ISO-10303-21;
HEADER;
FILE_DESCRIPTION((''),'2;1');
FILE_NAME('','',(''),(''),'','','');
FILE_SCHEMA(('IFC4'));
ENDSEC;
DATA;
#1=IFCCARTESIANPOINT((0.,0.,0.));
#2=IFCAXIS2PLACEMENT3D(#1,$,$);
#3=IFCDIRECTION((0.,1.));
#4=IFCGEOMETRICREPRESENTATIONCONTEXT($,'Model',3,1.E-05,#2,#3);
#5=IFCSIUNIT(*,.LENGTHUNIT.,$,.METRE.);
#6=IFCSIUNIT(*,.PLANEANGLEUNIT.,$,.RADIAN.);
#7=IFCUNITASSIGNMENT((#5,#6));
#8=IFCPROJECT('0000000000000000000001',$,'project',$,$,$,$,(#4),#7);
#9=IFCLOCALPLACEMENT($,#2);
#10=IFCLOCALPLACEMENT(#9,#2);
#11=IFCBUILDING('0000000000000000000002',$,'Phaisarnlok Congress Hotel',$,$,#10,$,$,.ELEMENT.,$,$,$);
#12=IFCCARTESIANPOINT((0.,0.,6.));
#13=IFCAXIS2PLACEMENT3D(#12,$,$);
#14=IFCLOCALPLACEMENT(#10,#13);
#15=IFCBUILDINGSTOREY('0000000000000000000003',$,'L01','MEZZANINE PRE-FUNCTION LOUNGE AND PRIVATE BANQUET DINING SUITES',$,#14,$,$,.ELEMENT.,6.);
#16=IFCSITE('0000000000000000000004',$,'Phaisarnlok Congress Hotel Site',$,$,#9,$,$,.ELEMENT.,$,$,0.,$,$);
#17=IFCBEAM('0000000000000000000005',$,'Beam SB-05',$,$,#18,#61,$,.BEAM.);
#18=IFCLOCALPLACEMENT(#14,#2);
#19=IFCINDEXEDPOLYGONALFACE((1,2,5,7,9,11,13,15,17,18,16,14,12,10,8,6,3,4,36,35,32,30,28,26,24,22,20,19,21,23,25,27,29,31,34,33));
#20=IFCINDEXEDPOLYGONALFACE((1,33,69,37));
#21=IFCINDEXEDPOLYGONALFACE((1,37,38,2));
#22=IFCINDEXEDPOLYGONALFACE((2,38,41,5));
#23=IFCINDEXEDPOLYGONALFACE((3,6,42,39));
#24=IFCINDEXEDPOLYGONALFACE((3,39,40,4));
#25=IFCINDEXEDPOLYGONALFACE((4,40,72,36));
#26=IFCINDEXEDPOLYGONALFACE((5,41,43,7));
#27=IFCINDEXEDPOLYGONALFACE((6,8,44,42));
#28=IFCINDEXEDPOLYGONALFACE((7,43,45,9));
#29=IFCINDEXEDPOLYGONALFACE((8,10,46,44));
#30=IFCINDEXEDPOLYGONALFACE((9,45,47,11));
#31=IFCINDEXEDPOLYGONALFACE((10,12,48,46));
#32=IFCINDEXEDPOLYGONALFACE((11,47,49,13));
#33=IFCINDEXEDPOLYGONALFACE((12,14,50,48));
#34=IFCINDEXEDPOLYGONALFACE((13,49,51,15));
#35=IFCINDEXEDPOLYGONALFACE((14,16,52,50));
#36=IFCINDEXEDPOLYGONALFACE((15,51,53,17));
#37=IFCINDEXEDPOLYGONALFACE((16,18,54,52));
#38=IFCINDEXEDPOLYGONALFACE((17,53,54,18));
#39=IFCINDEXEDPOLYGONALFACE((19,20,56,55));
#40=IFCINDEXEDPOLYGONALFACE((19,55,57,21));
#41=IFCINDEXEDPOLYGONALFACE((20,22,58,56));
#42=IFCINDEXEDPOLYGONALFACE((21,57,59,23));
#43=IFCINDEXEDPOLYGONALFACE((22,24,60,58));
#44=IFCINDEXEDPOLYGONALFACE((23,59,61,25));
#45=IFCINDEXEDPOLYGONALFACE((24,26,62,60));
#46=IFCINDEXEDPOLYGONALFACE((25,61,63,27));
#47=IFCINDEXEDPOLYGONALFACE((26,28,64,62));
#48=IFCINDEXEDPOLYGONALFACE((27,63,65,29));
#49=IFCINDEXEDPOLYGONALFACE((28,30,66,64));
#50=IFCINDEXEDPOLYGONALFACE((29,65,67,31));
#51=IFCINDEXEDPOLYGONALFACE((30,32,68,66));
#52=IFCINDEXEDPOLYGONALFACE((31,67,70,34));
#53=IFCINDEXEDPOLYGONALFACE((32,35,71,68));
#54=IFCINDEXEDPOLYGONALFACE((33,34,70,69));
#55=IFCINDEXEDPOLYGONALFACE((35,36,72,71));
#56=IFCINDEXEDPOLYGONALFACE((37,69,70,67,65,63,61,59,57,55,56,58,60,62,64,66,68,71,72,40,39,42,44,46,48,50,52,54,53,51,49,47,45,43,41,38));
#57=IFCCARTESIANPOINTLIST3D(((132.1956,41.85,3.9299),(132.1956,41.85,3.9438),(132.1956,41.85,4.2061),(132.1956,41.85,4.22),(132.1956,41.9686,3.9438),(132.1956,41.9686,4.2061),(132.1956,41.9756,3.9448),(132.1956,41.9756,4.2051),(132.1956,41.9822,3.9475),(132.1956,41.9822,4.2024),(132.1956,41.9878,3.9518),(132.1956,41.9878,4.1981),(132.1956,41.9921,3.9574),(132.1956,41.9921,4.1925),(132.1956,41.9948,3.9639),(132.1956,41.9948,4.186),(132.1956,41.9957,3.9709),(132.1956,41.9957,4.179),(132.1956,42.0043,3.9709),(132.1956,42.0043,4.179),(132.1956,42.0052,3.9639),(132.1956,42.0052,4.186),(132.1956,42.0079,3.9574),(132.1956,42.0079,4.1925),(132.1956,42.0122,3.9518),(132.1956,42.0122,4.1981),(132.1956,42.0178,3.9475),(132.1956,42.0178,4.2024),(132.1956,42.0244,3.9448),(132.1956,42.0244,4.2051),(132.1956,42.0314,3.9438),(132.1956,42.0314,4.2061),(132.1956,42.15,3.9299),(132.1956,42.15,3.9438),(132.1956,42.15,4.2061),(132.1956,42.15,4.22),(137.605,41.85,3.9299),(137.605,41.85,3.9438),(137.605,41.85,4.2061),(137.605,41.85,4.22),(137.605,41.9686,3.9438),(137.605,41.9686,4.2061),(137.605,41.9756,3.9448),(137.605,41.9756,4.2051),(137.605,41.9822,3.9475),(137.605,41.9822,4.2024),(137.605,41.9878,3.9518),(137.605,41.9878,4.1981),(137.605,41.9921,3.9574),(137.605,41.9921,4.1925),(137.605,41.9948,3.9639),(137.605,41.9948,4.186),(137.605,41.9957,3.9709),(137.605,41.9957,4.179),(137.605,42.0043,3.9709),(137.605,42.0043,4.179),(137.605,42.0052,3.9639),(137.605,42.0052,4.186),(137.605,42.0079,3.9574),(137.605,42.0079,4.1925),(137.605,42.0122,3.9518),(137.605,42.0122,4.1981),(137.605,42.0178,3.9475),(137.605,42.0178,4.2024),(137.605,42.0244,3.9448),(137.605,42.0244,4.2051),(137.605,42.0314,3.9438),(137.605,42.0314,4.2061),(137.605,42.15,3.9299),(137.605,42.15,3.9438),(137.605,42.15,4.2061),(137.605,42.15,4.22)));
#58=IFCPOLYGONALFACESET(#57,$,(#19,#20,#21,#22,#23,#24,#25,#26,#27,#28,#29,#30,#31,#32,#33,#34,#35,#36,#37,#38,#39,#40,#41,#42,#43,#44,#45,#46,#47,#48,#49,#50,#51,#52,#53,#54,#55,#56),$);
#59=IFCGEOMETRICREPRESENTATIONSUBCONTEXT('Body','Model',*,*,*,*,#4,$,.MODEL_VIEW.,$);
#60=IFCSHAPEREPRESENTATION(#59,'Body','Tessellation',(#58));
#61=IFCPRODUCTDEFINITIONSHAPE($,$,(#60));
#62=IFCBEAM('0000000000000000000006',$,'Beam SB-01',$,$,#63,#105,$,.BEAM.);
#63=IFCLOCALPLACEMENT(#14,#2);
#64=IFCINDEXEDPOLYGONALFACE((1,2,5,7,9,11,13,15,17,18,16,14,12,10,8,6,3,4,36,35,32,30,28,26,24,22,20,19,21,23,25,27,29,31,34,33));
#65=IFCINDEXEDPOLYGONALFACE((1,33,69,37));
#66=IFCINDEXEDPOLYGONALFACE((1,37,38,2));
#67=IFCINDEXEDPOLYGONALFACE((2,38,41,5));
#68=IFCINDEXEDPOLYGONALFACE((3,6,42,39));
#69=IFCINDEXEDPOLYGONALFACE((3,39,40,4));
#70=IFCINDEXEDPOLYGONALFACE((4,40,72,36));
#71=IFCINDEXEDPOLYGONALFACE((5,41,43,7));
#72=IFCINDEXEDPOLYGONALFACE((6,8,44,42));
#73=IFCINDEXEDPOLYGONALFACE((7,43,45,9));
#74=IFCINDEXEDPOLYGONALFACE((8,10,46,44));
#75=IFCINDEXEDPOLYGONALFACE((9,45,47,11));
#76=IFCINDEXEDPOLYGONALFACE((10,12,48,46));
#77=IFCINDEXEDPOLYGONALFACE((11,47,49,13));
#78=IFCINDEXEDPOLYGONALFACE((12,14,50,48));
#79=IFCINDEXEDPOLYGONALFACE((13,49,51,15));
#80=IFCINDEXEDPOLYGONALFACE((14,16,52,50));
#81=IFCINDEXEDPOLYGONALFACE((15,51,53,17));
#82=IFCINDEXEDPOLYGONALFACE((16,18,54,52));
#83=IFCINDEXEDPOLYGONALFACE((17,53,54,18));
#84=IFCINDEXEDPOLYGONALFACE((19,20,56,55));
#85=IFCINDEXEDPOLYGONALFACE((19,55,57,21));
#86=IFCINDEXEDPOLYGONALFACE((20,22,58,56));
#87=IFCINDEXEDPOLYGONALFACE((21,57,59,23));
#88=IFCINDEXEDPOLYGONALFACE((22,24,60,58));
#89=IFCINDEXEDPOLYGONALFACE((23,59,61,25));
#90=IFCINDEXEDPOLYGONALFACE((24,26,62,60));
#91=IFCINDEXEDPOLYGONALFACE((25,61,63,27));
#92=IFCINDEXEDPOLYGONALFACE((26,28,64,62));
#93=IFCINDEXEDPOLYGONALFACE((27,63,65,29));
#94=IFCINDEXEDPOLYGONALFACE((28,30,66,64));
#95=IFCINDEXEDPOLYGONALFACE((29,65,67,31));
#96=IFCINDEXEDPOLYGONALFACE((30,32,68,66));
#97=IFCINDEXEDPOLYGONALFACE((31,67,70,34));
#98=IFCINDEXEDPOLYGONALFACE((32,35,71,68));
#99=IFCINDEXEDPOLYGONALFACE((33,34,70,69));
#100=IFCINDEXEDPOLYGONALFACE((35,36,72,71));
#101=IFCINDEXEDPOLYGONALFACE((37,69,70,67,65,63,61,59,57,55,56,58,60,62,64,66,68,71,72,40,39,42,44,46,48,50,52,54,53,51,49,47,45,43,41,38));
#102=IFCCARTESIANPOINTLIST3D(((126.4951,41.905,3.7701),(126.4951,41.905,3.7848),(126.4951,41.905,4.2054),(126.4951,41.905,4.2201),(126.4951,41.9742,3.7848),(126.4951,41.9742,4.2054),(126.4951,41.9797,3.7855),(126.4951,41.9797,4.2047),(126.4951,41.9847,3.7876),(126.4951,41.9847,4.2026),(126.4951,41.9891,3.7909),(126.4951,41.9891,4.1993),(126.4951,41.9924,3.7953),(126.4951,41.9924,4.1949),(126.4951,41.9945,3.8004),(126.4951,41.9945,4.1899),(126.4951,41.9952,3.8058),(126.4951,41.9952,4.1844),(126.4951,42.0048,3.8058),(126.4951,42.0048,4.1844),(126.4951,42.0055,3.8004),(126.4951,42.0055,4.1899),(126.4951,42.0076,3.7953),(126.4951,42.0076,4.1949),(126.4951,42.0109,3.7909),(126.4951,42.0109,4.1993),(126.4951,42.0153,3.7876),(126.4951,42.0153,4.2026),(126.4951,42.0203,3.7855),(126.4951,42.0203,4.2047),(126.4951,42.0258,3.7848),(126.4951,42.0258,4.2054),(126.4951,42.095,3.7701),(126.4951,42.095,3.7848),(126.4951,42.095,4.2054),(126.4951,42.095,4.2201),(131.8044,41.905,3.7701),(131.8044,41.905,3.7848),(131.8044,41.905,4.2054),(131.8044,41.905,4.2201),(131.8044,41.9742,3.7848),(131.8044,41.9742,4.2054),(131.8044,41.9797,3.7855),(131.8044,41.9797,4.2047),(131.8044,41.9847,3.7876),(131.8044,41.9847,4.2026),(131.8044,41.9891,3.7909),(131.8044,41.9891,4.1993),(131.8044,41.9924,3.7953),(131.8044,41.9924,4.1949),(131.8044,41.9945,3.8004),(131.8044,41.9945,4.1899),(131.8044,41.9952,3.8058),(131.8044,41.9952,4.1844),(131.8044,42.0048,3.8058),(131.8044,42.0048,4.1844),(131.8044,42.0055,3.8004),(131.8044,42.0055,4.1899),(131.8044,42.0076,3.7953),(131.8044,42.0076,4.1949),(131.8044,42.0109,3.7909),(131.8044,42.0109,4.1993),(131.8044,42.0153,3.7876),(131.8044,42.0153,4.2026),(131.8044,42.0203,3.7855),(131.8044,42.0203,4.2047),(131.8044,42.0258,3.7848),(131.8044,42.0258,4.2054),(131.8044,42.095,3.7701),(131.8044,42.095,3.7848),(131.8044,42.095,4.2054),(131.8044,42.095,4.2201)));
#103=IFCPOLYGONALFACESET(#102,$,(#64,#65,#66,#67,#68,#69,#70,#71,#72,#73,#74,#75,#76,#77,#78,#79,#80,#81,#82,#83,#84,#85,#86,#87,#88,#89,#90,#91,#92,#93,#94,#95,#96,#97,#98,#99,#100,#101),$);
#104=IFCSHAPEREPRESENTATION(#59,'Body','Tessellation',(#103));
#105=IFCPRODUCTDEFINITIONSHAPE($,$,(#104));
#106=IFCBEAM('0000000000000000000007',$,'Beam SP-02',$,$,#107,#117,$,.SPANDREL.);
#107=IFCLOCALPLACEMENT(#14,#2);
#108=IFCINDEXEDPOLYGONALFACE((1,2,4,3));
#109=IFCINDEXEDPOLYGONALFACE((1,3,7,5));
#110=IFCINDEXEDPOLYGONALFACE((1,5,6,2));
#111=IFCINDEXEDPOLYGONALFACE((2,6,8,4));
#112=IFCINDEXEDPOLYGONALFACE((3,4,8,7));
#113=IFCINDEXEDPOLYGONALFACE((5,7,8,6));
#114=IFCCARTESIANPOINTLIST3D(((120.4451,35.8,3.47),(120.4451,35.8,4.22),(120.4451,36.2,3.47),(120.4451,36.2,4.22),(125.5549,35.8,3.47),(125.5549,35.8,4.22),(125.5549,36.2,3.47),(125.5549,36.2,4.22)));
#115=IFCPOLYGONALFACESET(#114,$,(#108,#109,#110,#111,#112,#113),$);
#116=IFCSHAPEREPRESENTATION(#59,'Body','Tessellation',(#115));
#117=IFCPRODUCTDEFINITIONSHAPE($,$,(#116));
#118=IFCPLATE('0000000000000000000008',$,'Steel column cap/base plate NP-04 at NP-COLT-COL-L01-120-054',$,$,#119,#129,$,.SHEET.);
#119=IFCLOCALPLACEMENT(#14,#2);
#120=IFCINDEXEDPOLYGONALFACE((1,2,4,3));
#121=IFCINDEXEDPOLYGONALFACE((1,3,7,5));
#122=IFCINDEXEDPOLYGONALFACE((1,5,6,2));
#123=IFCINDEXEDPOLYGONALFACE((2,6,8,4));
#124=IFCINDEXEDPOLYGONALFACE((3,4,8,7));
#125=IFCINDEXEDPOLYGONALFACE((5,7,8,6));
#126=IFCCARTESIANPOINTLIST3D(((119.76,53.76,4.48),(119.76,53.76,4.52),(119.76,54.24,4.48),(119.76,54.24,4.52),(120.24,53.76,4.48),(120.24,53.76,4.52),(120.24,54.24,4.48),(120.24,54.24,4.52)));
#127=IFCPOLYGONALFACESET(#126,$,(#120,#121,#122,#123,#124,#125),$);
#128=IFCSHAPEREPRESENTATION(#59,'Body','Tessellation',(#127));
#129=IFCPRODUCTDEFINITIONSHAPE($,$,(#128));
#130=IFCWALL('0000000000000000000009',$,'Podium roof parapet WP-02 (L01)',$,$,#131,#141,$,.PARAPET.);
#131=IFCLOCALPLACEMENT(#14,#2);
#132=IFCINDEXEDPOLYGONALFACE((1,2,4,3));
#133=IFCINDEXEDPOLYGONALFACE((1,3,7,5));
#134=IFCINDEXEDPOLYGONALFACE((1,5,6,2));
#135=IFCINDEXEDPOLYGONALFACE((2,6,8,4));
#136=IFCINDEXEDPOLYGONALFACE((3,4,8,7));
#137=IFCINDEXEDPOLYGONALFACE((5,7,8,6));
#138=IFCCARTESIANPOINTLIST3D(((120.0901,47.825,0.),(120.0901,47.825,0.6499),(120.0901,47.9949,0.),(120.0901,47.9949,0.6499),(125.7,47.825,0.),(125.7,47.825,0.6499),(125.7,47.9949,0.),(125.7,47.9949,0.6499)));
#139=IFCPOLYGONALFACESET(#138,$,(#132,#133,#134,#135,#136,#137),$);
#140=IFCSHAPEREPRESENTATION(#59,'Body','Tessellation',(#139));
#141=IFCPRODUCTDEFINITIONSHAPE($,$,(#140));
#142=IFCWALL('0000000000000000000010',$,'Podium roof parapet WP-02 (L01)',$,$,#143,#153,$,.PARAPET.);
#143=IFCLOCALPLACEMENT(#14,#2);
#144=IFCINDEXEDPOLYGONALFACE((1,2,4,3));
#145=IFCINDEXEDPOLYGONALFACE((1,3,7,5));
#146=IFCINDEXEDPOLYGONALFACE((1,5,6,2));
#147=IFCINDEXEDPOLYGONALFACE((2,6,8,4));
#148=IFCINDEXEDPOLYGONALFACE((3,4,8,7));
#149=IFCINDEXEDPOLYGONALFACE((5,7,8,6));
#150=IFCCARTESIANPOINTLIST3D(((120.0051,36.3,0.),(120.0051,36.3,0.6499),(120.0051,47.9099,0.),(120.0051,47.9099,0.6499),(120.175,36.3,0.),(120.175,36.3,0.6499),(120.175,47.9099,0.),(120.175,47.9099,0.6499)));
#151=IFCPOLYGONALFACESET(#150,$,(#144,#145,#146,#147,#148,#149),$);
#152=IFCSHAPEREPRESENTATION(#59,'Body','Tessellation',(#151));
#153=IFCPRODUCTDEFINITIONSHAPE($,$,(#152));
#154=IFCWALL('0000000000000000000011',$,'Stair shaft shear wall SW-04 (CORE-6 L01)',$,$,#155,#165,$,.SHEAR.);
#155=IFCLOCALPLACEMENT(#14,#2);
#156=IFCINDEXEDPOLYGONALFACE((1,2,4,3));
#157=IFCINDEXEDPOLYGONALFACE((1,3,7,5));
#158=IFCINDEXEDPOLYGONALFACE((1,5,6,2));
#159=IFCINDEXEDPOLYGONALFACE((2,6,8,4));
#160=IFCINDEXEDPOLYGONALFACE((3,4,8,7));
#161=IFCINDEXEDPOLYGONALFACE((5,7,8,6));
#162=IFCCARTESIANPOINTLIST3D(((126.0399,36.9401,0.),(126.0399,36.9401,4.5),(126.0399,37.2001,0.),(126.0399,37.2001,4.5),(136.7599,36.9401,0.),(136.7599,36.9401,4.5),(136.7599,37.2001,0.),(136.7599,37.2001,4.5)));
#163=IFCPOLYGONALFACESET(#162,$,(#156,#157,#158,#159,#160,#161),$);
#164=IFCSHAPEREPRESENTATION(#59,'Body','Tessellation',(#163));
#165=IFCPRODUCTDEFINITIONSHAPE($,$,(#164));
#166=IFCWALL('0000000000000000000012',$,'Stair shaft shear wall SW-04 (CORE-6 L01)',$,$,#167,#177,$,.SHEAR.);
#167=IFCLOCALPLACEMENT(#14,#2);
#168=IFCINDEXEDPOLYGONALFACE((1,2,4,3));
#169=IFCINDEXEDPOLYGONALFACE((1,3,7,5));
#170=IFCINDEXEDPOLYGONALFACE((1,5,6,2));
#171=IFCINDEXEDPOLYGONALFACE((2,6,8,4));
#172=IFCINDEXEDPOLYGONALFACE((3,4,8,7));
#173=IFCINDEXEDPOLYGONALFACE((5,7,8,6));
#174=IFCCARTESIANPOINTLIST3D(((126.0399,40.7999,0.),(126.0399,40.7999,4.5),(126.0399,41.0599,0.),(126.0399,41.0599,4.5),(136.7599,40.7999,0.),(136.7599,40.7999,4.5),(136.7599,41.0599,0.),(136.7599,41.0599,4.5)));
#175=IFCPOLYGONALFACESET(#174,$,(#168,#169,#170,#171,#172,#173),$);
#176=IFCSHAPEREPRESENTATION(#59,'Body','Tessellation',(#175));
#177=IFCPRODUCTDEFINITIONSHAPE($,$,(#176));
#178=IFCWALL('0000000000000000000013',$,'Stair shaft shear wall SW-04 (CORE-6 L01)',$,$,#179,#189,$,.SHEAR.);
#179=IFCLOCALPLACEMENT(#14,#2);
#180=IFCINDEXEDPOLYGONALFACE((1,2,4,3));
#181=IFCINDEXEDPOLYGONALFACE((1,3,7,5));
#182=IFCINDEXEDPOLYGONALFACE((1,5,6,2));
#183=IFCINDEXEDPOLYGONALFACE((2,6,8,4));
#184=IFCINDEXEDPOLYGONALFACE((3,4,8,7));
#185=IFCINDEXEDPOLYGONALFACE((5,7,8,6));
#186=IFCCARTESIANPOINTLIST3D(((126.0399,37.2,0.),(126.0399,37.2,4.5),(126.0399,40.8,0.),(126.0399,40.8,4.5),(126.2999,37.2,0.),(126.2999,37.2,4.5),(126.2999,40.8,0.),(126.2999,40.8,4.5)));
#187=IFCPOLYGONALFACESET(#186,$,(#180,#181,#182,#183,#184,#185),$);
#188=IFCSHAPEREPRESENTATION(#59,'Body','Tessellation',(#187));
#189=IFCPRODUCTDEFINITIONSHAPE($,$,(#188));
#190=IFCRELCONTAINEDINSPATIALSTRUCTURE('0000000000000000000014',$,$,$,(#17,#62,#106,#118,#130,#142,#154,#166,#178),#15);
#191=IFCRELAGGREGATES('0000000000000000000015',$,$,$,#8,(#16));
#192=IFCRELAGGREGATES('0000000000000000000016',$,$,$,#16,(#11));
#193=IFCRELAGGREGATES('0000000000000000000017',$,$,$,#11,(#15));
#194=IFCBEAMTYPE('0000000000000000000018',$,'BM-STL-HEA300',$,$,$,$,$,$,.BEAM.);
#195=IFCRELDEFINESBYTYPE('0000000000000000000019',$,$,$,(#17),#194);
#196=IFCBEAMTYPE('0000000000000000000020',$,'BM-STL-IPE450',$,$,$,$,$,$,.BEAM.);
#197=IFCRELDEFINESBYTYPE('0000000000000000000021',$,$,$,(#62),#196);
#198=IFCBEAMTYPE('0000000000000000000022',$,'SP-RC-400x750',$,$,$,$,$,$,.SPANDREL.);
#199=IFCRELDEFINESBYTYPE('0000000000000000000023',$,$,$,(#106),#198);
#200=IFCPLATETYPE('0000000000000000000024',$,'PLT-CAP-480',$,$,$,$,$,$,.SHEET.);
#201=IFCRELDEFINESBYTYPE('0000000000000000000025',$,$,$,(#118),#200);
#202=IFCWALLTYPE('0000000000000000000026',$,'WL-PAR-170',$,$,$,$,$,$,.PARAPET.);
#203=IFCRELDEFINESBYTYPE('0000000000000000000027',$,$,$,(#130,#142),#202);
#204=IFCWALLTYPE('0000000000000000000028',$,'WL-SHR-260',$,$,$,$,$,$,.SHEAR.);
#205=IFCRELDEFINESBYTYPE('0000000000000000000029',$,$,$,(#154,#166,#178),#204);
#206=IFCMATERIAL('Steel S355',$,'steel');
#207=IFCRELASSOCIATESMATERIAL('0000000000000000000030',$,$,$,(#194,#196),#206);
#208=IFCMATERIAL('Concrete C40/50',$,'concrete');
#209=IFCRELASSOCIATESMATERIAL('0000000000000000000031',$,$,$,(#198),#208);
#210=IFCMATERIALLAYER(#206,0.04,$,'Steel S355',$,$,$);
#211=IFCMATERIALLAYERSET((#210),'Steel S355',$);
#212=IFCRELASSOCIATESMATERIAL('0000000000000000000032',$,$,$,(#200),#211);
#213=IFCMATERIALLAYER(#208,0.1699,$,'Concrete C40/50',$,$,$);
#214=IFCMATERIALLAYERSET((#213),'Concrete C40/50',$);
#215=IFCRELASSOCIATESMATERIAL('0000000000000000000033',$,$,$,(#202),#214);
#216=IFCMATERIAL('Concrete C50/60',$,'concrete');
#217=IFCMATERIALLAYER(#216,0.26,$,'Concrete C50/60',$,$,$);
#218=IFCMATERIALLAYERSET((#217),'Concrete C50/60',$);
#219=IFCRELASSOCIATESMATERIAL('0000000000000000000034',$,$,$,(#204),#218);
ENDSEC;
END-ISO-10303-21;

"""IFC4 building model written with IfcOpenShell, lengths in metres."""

from ifc_helpers import new_model, si_unit, direction, frame, frame_2d, origin, origin_2d, place, context, subcontext, project, spatial, rectangle, i_section, extrude, material, layer, layer_set, material_profile, profile_set, type_object, element, save


model = new_model("IFC4")

# Units and contexts
model_context = context("Model", 3, precision=1e-05, world=origin(), true_north=direction((0.0, 1.0)))
body_context = subcontext(model_context, "Body", "Model", "MODEL_VIEW")
ifc_project = project(units=[si_unit("LENGTHUNIT", "METRE"), si_unit("PLANEANGLEUNIT", "RADIAN")], contexts=[model_context])

# Site, building, storey
site_placement = place(None, origin())
site = spatial("IfcSite", under=ifc_project, at=site_placement, Name="Phaisarnlok Congress Hotel Site", CompositionType="ELEMENT", RefElevation=0.0)
building_placement = place(site_placement, origin())
building = spatial("IfcBuilding", under=site, at=building_placement, Name="Phaisarnlok Congress Hotel", CompositionType="ELEMENT")
storey_placement = place(building_placement, frame((0.0, 0.0, 6.0)))
storey = spatial("IfcBuildingStorey", under=building, at=storey_placement, Name="L01", Description="MEZZANINE PRE-FUNCTION LOUNGE AND PRIVATE BANQUET DINING SUITES", CompositionType="ELEMENT", Elevation=6.0)

# Shared definitions
ifc_material_1 = material(Name="Concrete C50/60", Category="concrete")
ifc_material_2 = material(Name="Steel S355", Category="steel")

# Beams
ifc_material_profile_1 = material_profile(ifc_material_2, i_section(OverallWidth=0.3, OverallDepth=0.29, WebThickness=0.0085, FlangeThickness=0.0139, FilletRadius=0.0271, at=origin_2d()), Name="HEA 300")
ifc_profile_set_1 = profile_set([ifc_material_profile_1], Name="Steel S355")
beam_type_1 = type_object("IfcBeamType", Name="BM-STL-HEA300", PredefinedType="BEAM", material=ifc_profile_set_1)
beam_1_placement = place(storey_placement, frame((132.1956, 42.0, 4.075), z_axis=(1.0, 0.0, 0.0), x_axis=(0.0, 1.0, 0.0)))
element("IfcBeam", 1, at=beam_1_placement, inside=storey, type_object=beam_type_1, Name="Beam SB-05", PredefinedType="BEAM", context=body_context, shape_type="SweptSolid", body=[
    extrude(i_section(OverallWidth=0.3, OverallDepth=0.29, WebThickness=0.0085, FlangeThickness=0.0139, FilletRadius=0.0271, at=origin_2d()), origin(), (0.0, 0.0, 1.0), 5.4094),
])
ifc_material_profile_2 = material_profile(ifc_material_2, i_section(OverallWidth=0.1899, OverallDepth=0.45, WebThickness=0.0095, FlangeThickness=0.0146, FilletRadius=0.021, at=origin_2d()), Name="IPE 450")
ifc_profile_set_2 = profile_set([ifc_material_profile_2], Name="Steel S355")
beam_type_2 = type_object("IfcBeamType", Name="BM-STL-IPE450", PredefinedType="BEAM", material=ifc_profile_set_2)
beam_2_placement = place(storey_placement, frame((126.4951, 42.0, 3.9951), z_axis=(1.0, 0.0, 0.0), x_axis=(0.0, 1.0, 0.0)))
element("IfcBeam", 2, at=beam_2_placement, inside=storey, type_object=beam_type_2, Name="Beam SB-01", PredefinedType="BEAM", context=body_context, shape_type="SweptSolid", body=[
    extrude(i_section(OverallWidth=0.1899, OverallDepth=0.45, WebThickness=0.0095, FlangeThickness=0.0146, FilletRadius=0.021, at=origin_2d()), origin(), (0.0, 0.0, 1.0), 5.3093),
])
ifc_material_3 = material(Name="Concrete C40/50", Category="concrete")
ifc_material_profile_3 = material_profile(ifc_material_3, rectangle(XDim=0.3999, YDim=0.75, at=origin_2d()), Name="RC 400x750")
ifc_profile_set_3 = profile_set([ifc_material_profile_3], Name="Concrete C40/50")
beam_type_3 = type_object("IfcBeamType", Name="SP-RC-400x750", PredefinedType="SPANDREL", material=ifc_profile_set_3)
beam_3_placement = place(storey_placement, frame((120.4451, 36.0, 3.845), z_axis=(1.0, 0.0, 0.0), x_axis=(0.0, 1.0, 0.0)))
element("IfcBeam", 3, at=beam_3_placement, inside=storey, type_object=beam_type_3, Name="Beam SP-02", PredefinedType="SPANDREL", context=body_context, shape_type="SweptSolid", body=[
    extrude(rectangle(XDim=0.3999, YDim=0.75, at=origin_2d()), origin(), (0.0, 0.0, 1.0), 5.1099),
])

# Plate
ifc_layer_1 = layer(ifc_material_2, 0.04, Name="Steel S355")
ifc_layer_set_1 = layer_set([ifc_layer_1], Name="Steel S355")
plate_type = type_object("IfcPlateType", Name="PLT-CAP-480", PredefinedType="SHEET", material=ifc_layer_set_1)
plate_placement = place(storey_placement, frame((120.0, 54.0, 4.48), z_axis=(0.0, 0.0, 1.0), x_axis=(1.0, 0.0, 0.0)))
element("IfcPlate", 4, at=plate_placement, inside=storey, type_object=plate_type, Name="Steel column cap/base plate NP-04 at NP-COLT-COL-L01-120-054", PredefinedType="SHEET", context=body_context, shape_type="SweptSolid", body=[
    extrude(rectangle(XDim=0.48, YDim=0.48, at=origin_2d()), origin(), (0.0, 0.0, 1.0), 0.04),
])

# Walls
ifc_layer_2 = layer(ifc_material_3, 0.1699, Name="Concrete C40/50")
ifc_layer_set_2 = layer_set([ifc_layer_2], Name="Concrete C40/50")
wall_type_1 = type_object("IfcWallType", Name="WL-PAR-170", PredefinedType="PARAPET", material=ifc_layer_set_2)
wall_1_placement = place(storey_placement, frame((125.7, 47.9099, 0.0), z_axis=(0.0, 0.0, 1.0), x_axis=(-1.0, 0.0, 0.0)))
element("IfcWall", 5, at=wall_1_placement, inside=storey, type_object=wall_type_1, Name="Podium roof parapet WP-02 (L01)", PredefinedType="PARAPET", context=body_context, shape_type="SweptSolid", body=[
    extrude(rectangle(XDim=5.6099, YDim=0.1699, at=frame_2d((2.8049, 0.0))), origin(), (0.0, 0.0, 1.0), 0.6499),
])
wall_2_placement = place(storey_placement, frame((120.0901, 47.9099, 0.0), z_axis=(0.0, 0.0, 1.0), x_axis=(0.0, -1.0, 0.0)))
element("IfcWall", 6, at=wall_2_placement, inside=storey, type_object=wall_type_1, Name="Podium roof parapet WP-02 (L01)", PredefinedType="PARAPET", context=body_context, shape_type="SweptSolid", body=[
    extrude(rectangle(XDim=11.6099, YDim=0.1699, at=frame_2d((5.8049, 0.0))), origin(), (0.0, 0.0, 1.0), 0.6499),
])
ifc_layer_3 = layer(ifc_material_1, 0.26, Name="Concrete C50/60")
ifc_layer_set_3 = layer_set([ifc_layer_3], Name="Concrete C50/60")
wall_type_2 = type_object("IfcWallType", Name="WL-SHR-260", PredefinedType="SHEAR", material=ifc_layer_set_3)
for number, where, z_axis, x_axis, name in (
    (7, (126.04, 37.0701, 0.0), (0.0, 0.0, 1.0), (1.0, 0.0, 0.0), "Stair shaft shear wall SW-04 (CORE-6 L01)"),
    (8, (126.04, 40.9299, 0.0), (0.0, 0.0, 1.0), (1.0, 0.0, 0.0), "Stair shaft shear wall SW-04 (CORE-6 L01)"),
):
    element("IfcWall", number, at=place(storey_placement, frame(where, z_axis=z_axis, x_axis=x_axis)), inside=storey, type_object=wall_type_2, Name=name, PredefinedType="SHEAR", context=body_context, shape_type="SweptSolid", body=[
        extrude(rectangle(XDim=10.72, YDim=0.26, at=frame_2d((5.3599, 0.0))), origin(), (0.0, 0.0, 1.0), 4.5),
    ])
wall_3_placement = place(storey_placement, frame((126.1699, 37.2, 0.0), z_axis=(0.0, 0.0, 1.0), x_axis=(0.0, 1.0, 0.0)))
element("IfcWall", 9, at=wall_3_placement, inside=storey, type_object=wall_type_2, Name="Stair shaft shear wall SW-04 (CORE-6 L01)", PredefinedType="SHEAR", context=body_context, shape_type="SweptSolid", body=[
    extrude(rectangle(XDim=3.6001, YDim=0.26, at=frame_2d((1.8, 0.0))), origin(), (0.0, 0.0, 1.0), 4.5),
])

save(model, "model.ifc")
